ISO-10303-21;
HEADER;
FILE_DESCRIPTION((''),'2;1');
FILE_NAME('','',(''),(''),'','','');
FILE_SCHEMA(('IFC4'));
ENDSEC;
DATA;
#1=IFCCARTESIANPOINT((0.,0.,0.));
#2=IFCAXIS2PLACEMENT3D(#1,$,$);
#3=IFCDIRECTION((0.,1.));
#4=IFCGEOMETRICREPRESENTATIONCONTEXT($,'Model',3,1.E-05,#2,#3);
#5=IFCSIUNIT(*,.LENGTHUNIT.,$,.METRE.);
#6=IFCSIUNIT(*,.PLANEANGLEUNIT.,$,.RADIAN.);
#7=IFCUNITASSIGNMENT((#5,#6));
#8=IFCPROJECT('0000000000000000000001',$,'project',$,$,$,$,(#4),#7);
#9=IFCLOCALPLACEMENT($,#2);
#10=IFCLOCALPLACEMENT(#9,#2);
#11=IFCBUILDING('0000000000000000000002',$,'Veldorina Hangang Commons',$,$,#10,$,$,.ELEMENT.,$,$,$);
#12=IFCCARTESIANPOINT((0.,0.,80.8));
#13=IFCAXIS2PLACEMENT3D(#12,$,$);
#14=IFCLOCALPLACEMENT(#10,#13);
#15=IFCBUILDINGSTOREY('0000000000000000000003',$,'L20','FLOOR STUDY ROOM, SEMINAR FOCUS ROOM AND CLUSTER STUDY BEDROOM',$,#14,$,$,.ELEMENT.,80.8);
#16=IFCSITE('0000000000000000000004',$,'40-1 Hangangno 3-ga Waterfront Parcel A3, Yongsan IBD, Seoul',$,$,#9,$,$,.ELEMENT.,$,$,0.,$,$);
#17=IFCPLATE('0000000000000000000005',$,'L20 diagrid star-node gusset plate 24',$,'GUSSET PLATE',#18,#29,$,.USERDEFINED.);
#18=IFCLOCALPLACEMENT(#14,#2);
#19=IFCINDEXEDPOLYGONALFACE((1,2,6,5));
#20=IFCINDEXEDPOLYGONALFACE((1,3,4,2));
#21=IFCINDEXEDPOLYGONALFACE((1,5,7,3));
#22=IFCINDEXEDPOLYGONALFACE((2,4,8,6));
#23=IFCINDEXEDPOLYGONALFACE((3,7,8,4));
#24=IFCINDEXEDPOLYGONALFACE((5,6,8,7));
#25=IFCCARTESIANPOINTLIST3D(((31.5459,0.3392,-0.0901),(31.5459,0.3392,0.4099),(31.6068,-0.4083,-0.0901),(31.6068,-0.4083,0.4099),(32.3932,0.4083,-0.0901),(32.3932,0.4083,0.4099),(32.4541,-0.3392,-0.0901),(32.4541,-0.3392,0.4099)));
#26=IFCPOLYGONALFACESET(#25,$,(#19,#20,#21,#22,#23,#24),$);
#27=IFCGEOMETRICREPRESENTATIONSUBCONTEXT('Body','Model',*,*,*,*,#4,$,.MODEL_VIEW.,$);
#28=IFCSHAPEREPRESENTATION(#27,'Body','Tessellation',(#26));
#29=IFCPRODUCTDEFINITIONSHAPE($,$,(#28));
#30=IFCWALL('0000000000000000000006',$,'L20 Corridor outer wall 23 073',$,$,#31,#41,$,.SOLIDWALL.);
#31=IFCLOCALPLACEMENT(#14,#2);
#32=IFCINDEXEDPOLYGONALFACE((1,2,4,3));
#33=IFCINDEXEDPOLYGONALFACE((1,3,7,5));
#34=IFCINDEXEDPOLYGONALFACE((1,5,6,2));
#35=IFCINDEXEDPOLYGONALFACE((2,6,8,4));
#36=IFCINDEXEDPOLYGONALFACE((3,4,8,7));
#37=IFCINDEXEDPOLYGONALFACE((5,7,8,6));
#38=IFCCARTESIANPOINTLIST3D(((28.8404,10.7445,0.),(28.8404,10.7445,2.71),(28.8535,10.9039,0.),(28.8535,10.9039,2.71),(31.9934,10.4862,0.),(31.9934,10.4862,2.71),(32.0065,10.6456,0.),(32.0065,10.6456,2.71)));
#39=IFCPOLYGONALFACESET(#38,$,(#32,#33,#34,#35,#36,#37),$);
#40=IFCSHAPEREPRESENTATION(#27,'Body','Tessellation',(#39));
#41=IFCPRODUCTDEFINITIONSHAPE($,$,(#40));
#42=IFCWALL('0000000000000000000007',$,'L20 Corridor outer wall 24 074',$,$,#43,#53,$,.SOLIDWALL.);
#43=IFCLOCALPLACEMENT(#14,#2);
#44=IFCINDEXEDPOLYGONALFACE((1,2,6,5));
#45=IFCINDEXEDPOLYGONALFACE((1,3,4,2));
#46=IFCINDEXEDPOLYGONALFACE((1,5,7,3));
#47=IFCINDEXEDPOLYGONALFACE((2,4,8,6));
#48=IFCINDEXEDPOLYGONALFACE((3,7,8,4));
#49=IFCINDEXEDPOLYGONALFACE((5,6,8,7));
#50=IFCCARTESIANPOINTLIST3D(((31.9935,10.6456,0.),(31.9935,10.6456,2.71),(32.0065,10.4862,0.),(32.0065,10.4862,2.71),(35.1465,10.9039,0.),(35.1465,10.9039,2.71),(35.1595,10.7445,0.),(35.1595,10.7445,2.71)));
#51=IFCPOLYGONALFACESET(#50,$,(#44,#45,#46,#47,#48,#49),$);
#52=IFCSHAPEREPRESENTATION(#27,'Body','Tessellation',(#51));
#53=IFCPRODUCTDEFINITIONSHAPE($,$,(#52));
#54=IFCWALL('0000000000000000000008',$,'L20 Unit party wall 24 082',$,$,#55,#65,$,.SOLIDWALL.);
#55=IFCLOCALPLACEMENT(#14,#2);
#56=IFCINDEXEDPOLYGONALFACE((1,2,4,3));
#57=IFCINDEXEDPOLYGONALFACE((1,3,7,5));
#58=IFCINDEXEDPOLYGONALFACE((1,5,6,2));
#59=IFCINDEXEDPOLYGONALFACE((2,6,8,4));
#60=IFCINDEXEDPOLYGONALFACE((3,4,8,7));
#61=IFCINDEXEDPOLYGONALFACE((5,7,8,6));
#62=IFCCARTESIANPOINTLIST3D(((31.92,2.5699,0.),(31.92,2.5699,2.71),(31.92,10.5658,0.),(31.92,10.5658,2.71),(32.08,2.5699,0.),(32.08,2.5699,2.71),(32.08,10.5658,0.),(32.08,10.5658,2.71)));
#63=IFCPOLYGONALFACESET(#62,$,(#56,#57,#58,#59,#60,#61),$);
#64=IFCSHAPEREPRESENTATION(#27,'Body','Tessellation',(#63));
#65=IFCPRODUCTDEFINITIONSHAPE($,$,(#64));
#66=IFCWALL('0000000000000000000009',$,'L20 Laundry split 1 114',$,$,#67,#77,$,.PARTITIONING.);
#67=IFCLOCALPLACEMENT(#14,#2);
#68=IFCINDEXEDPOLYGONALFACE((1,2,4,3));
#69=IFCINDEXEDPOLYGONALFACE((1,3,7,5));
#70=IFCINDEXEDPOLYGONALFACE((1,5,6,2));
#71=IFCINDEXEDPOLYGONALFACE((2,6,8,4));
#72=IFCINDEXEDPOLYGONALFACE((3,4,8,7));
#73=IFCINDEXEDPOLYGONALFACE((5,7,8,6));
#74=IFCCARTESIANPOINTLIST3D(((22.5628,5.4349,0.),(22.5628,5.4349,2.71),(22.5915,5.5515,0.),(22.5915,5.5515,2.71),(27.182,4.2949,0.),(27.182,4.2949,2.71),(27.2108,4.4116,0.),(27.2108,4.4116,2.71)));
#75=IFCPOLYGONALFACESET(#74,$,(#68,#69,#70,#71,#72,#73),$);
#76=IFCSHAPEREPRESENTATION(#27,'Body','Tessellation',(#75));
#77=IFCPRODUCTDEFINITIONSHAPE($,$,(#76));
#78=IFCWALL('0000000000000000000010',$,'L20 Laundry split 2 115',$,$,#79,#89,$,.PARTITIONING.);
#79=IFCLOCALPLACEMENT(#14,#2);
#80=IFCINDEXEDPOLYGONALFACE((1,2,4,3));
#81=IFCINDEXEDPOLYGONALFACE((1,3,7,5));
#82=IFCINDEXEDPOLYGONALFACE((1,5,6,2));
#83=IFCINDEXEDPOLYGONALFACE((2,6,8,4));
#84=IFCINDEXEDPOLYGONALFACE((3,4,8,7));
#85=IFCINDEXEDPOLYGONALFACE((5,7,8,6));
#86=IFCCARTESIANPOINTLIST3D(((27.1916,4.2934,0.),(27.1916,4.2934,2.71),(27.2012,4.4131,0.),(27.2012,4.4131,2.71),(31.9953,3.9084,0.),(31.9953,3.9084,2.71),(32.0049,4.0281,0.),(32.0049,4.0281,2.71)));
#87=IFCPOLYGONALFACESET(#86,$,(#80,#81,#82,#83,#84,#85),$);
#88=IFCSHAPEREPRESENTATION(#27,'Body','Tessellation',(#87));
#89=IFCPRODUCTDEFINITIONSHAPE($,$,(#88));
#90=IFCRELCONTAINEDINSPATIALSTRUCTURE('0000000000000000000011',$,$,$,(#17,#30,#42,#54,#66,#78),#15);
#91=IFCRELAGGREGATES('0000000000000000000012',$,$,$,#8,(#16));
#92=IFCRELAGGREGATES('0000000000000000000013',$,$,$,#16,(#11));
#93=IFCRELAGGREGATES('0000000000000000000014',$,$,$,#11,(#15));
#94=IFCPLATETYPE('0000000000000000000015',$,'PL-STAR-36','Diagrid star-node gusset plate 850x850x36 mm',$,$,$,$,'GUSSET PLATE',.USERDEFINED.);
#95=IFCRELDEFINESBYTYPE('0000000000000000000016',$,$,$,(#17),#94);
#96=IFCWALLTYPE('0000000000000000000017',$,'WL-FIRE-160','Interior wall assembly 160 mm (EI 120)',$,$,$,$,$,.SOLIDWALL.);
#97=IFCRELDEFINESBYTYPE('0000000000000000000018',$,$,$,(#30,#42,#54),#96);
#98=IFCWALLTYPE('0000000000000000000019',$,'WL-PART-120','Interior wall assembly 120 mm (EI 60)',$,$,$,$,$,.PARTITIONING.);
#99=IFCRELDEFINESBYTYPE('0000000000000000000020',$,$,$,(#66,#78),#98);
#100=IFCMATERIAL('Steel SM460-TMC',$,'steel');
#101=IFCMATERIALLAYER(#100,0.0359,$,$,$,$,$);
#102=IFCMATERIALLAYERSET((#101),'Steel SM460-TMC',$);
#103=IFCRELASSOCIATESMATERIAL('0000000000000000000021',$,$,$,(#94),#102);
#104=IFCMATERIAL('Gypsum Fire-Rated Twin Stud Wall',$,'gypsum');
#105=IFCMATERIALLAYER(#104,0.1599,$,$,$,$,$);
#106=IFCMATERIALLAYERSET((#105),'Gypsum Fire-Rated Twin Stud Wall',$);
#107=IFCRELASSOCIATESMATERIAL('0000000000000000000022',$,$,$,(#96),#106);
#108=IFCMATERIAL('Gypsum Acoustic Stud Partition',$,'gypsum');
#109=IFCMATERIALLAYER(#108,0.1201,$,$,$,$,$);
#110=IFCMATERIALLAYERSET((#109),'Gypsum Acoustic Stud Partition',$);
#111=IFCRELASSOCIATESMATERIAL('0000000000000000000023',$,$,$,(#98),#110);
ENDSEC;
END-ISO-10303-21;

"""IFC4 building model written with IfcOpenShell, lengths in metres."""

from ifc_helpers import new_model, si_unit, direction, frame, frame_2d, origin, origin_2d, place, context, subcontext, project, spatial, rectangle, extrude, material, layer, layer_set, type_object, element, save


model = new_model("IFC4")

# Units and contexts
model_context = context("Model", 3, precision=1e-05, world=origin(), true_north=direction((0.0, 1.0)))
body_context = subcontext(model_context, "Body", "Model", "MODEL_VIEW")
ifc_project = project(units=[si_unit("LENGTHUNIT", "METRE"), si_unit("PLANEANGLEUNIT", "RADIAN")], contexts=[model_context])

# Site, building, storey
site_placement = place(None, origin())
site = spatial("IfcSite", under=ifc_project, at=site_placement, Name="40-1 Hangangno 3-ga Waterfront Parcel A3, Yongsan IBD, Seoul", CompositionType="ELEMENT", RefElevation=0.0)
building_placement = place(site_placement, origin())
building = spatial("IfcBuilding", under=site, at=building_placement, Name="Veldorina Hangang Commons", CompositionType="ELEMENT")
storey_placement = place(building_placement, frame((0.0, 0.0, 80.8)))
storey = spatial("IfcBuildingStorey", under=building, at=storey_placement, Name="L20", Description="FLOOR STUDY ROOM, SEMINAR FOCUS ROOM AND CLUSTER STUDY BEDROOM", CompositionType="ELEMENT", Elevation=80.8)

# Shared definitions
ifc_material_1 = material(Name="Steel SM460-TMC", Category="steel")

# Plate
ifc_layer_1 = layer(ifc_material_1, 0.0359)
ifc_layer_set_1 = layer_set([ifc_layer_1], Name="Steel SM460-TMC")
plate_type_1 = type_object("IfcPlateType", Name="PL-STAR-36", Description="Diagrid star-node gusset plate 850x850x36 mm", ElementType="GUSSET PLATE", PredefinedType="USERDEFINED", material=ifc_layer_set_1)
for number, where, z_axis, x_axis, name in (
    (1, (32.0, 0.0, -0.0901), (0.0, 0.0, 1.0), (0.996694, 0.081243, 0.0), "L20 diagrid star-node gusset plate 24"),
):
    element("IfcPlate", number, at=place(storey_placement, frame(where, z_axis=z_axis, x_axis=x_axis)), inside=storey, type_object=plate_type_1, Name=name, ObjectType="GUSSET PLATE", PredefinedType="USERDEFINED", context=body_context, shape_type="SweptSolid", body=[
        extrude(rectangle(XDim=0.8501, YDim=0.75, at=origin_2d()), origin(), (0.0, 0.0, 1.0), 0.5),
    ])

# Walls
ifc_material_2 = material(Name="Gypsum Fire-Rated Twin Stud Wall", Category="gypsum")
ifc_layer_2 = layer(ifc_material_2, 0.1599)
ifc_layer_set_2 = layer_set([ifc_layer_2], Name="Gypsum Fire-Rated Twin Stud Wall")
wall_type_1 = type_object("IfcWallType", Name="WL-FIRE-160", Description="Interior wall assembly 160 mm (EI 120)", PredefinedType="SOLIDWALL", material=ifc_layer_set_2)
for number, where, z_axis, x_axis, name in (
    (2, (28.8469, 10.8242, 0.0), (0.0, 0.0, 1.0), (0.996661, -0.081647, 0.0), "L20 Corridor outer wall 23 073"),
    (3, (32.0, 10.5659, 0.0), (0.0, 0.0, 1.0), (0.996661, 0.081647, 0.0), "L20 Corridor outer wall 24 074"),
):
    element("IfcWall", number, at=place(storey_placement, frame(where, z_axis=z_axis, x_axis=x_axis)), inside=storey, type_object=wall_type_1, Name=name, PredefinedType="SOLIDWALL", context=body_context, shape_type="SweptSolid", body=[
        extrude(rectangle(XDim=3.1636, YDim=0.1599, at=frame_2d((1.5818, 0.0))), origin(), (0.0, 0.0, 1.0), 2.71),
    ])
wall_1_placement = place(storey_placement, frame((32.0, 10.5659, 0.0), z_axis=(0.0, 0.0, 1.0), x_axis=(0.0, -1.0, 0.0)))
element("IfcWall", 4, at=wall_1_placement, inside=storey, type_object=wall_type_1, Name="L20 Unit party wall 24 082", PredefinedType="SOLIDWALL", context=body_context, shape_type="SweptSolid", body=[
    extrude(rectangle(XDim=7.9958, YDim=0.1599, at=frame_2d((3.998, 0.0))), origin(), (0.0, 0.0, 1.0), 2.71),
])
ifc_material_3 = material(Name="Gypsum Acoustic Stud Partition", Category="gypsum")
ifc_layer_3 = layer(ifc_material_3, 0.1201)
ifc_layer_set_3 = layer_set([ifc_layer_3], Name="Gypsum Acoustic Stud Partition")
wall_type_2 = type_object("IfcWallType", Name="WL-PART-120", Description="Interior wall assembly 120 mm (EI 60)", PredefinedType="PARTITIONING", material=ifc_layer_set_3)
wall_2_placement = place(storey_placement, frame((22.5771, 5.4932, 0.0), z_axis=(0.0, 0.0, 1.0), x_axis=(0.970875, -0.239588, 0.0)))
element("IfcWall", 5, at=wall_2_placement, inside=storey, type_object=wall_type_2, Name="L20 Laundry split 1 114", PredefinedType="PARTITIONING", context=body_context, shape_type="SweptSolid", body=[
    extrude(rectangle(XDim=4.7578, YDim=0.1201, at=frame_2d((2.3789, 0.0))), origin(), (0.0, 0.0, 1.0), 2.71),
])
wall_3_placement = place(storey_placement, frame((27.1963, 4.3533, 0.0), z_axis=(0.0, 0.0, 1.0), x_axis=(0.996804, -0.079892, 0.0)))
element("IfcWall", 6, at=wall_3_placement, inside=storey, type_object=wall_type_2, Name="L20 Laundry split 2 115", PredefinedType="PARTITIONING", context=body_context, shape_type="SweptSolid", body=[
    extrude(rectangle(XDim=4.8191, YDim=0.1201, at=frame_2d((2.4097, 0.0))), origin(), (0.0, 0.0, 1.0), 2.71),
])

save(model, "model.ifc")
